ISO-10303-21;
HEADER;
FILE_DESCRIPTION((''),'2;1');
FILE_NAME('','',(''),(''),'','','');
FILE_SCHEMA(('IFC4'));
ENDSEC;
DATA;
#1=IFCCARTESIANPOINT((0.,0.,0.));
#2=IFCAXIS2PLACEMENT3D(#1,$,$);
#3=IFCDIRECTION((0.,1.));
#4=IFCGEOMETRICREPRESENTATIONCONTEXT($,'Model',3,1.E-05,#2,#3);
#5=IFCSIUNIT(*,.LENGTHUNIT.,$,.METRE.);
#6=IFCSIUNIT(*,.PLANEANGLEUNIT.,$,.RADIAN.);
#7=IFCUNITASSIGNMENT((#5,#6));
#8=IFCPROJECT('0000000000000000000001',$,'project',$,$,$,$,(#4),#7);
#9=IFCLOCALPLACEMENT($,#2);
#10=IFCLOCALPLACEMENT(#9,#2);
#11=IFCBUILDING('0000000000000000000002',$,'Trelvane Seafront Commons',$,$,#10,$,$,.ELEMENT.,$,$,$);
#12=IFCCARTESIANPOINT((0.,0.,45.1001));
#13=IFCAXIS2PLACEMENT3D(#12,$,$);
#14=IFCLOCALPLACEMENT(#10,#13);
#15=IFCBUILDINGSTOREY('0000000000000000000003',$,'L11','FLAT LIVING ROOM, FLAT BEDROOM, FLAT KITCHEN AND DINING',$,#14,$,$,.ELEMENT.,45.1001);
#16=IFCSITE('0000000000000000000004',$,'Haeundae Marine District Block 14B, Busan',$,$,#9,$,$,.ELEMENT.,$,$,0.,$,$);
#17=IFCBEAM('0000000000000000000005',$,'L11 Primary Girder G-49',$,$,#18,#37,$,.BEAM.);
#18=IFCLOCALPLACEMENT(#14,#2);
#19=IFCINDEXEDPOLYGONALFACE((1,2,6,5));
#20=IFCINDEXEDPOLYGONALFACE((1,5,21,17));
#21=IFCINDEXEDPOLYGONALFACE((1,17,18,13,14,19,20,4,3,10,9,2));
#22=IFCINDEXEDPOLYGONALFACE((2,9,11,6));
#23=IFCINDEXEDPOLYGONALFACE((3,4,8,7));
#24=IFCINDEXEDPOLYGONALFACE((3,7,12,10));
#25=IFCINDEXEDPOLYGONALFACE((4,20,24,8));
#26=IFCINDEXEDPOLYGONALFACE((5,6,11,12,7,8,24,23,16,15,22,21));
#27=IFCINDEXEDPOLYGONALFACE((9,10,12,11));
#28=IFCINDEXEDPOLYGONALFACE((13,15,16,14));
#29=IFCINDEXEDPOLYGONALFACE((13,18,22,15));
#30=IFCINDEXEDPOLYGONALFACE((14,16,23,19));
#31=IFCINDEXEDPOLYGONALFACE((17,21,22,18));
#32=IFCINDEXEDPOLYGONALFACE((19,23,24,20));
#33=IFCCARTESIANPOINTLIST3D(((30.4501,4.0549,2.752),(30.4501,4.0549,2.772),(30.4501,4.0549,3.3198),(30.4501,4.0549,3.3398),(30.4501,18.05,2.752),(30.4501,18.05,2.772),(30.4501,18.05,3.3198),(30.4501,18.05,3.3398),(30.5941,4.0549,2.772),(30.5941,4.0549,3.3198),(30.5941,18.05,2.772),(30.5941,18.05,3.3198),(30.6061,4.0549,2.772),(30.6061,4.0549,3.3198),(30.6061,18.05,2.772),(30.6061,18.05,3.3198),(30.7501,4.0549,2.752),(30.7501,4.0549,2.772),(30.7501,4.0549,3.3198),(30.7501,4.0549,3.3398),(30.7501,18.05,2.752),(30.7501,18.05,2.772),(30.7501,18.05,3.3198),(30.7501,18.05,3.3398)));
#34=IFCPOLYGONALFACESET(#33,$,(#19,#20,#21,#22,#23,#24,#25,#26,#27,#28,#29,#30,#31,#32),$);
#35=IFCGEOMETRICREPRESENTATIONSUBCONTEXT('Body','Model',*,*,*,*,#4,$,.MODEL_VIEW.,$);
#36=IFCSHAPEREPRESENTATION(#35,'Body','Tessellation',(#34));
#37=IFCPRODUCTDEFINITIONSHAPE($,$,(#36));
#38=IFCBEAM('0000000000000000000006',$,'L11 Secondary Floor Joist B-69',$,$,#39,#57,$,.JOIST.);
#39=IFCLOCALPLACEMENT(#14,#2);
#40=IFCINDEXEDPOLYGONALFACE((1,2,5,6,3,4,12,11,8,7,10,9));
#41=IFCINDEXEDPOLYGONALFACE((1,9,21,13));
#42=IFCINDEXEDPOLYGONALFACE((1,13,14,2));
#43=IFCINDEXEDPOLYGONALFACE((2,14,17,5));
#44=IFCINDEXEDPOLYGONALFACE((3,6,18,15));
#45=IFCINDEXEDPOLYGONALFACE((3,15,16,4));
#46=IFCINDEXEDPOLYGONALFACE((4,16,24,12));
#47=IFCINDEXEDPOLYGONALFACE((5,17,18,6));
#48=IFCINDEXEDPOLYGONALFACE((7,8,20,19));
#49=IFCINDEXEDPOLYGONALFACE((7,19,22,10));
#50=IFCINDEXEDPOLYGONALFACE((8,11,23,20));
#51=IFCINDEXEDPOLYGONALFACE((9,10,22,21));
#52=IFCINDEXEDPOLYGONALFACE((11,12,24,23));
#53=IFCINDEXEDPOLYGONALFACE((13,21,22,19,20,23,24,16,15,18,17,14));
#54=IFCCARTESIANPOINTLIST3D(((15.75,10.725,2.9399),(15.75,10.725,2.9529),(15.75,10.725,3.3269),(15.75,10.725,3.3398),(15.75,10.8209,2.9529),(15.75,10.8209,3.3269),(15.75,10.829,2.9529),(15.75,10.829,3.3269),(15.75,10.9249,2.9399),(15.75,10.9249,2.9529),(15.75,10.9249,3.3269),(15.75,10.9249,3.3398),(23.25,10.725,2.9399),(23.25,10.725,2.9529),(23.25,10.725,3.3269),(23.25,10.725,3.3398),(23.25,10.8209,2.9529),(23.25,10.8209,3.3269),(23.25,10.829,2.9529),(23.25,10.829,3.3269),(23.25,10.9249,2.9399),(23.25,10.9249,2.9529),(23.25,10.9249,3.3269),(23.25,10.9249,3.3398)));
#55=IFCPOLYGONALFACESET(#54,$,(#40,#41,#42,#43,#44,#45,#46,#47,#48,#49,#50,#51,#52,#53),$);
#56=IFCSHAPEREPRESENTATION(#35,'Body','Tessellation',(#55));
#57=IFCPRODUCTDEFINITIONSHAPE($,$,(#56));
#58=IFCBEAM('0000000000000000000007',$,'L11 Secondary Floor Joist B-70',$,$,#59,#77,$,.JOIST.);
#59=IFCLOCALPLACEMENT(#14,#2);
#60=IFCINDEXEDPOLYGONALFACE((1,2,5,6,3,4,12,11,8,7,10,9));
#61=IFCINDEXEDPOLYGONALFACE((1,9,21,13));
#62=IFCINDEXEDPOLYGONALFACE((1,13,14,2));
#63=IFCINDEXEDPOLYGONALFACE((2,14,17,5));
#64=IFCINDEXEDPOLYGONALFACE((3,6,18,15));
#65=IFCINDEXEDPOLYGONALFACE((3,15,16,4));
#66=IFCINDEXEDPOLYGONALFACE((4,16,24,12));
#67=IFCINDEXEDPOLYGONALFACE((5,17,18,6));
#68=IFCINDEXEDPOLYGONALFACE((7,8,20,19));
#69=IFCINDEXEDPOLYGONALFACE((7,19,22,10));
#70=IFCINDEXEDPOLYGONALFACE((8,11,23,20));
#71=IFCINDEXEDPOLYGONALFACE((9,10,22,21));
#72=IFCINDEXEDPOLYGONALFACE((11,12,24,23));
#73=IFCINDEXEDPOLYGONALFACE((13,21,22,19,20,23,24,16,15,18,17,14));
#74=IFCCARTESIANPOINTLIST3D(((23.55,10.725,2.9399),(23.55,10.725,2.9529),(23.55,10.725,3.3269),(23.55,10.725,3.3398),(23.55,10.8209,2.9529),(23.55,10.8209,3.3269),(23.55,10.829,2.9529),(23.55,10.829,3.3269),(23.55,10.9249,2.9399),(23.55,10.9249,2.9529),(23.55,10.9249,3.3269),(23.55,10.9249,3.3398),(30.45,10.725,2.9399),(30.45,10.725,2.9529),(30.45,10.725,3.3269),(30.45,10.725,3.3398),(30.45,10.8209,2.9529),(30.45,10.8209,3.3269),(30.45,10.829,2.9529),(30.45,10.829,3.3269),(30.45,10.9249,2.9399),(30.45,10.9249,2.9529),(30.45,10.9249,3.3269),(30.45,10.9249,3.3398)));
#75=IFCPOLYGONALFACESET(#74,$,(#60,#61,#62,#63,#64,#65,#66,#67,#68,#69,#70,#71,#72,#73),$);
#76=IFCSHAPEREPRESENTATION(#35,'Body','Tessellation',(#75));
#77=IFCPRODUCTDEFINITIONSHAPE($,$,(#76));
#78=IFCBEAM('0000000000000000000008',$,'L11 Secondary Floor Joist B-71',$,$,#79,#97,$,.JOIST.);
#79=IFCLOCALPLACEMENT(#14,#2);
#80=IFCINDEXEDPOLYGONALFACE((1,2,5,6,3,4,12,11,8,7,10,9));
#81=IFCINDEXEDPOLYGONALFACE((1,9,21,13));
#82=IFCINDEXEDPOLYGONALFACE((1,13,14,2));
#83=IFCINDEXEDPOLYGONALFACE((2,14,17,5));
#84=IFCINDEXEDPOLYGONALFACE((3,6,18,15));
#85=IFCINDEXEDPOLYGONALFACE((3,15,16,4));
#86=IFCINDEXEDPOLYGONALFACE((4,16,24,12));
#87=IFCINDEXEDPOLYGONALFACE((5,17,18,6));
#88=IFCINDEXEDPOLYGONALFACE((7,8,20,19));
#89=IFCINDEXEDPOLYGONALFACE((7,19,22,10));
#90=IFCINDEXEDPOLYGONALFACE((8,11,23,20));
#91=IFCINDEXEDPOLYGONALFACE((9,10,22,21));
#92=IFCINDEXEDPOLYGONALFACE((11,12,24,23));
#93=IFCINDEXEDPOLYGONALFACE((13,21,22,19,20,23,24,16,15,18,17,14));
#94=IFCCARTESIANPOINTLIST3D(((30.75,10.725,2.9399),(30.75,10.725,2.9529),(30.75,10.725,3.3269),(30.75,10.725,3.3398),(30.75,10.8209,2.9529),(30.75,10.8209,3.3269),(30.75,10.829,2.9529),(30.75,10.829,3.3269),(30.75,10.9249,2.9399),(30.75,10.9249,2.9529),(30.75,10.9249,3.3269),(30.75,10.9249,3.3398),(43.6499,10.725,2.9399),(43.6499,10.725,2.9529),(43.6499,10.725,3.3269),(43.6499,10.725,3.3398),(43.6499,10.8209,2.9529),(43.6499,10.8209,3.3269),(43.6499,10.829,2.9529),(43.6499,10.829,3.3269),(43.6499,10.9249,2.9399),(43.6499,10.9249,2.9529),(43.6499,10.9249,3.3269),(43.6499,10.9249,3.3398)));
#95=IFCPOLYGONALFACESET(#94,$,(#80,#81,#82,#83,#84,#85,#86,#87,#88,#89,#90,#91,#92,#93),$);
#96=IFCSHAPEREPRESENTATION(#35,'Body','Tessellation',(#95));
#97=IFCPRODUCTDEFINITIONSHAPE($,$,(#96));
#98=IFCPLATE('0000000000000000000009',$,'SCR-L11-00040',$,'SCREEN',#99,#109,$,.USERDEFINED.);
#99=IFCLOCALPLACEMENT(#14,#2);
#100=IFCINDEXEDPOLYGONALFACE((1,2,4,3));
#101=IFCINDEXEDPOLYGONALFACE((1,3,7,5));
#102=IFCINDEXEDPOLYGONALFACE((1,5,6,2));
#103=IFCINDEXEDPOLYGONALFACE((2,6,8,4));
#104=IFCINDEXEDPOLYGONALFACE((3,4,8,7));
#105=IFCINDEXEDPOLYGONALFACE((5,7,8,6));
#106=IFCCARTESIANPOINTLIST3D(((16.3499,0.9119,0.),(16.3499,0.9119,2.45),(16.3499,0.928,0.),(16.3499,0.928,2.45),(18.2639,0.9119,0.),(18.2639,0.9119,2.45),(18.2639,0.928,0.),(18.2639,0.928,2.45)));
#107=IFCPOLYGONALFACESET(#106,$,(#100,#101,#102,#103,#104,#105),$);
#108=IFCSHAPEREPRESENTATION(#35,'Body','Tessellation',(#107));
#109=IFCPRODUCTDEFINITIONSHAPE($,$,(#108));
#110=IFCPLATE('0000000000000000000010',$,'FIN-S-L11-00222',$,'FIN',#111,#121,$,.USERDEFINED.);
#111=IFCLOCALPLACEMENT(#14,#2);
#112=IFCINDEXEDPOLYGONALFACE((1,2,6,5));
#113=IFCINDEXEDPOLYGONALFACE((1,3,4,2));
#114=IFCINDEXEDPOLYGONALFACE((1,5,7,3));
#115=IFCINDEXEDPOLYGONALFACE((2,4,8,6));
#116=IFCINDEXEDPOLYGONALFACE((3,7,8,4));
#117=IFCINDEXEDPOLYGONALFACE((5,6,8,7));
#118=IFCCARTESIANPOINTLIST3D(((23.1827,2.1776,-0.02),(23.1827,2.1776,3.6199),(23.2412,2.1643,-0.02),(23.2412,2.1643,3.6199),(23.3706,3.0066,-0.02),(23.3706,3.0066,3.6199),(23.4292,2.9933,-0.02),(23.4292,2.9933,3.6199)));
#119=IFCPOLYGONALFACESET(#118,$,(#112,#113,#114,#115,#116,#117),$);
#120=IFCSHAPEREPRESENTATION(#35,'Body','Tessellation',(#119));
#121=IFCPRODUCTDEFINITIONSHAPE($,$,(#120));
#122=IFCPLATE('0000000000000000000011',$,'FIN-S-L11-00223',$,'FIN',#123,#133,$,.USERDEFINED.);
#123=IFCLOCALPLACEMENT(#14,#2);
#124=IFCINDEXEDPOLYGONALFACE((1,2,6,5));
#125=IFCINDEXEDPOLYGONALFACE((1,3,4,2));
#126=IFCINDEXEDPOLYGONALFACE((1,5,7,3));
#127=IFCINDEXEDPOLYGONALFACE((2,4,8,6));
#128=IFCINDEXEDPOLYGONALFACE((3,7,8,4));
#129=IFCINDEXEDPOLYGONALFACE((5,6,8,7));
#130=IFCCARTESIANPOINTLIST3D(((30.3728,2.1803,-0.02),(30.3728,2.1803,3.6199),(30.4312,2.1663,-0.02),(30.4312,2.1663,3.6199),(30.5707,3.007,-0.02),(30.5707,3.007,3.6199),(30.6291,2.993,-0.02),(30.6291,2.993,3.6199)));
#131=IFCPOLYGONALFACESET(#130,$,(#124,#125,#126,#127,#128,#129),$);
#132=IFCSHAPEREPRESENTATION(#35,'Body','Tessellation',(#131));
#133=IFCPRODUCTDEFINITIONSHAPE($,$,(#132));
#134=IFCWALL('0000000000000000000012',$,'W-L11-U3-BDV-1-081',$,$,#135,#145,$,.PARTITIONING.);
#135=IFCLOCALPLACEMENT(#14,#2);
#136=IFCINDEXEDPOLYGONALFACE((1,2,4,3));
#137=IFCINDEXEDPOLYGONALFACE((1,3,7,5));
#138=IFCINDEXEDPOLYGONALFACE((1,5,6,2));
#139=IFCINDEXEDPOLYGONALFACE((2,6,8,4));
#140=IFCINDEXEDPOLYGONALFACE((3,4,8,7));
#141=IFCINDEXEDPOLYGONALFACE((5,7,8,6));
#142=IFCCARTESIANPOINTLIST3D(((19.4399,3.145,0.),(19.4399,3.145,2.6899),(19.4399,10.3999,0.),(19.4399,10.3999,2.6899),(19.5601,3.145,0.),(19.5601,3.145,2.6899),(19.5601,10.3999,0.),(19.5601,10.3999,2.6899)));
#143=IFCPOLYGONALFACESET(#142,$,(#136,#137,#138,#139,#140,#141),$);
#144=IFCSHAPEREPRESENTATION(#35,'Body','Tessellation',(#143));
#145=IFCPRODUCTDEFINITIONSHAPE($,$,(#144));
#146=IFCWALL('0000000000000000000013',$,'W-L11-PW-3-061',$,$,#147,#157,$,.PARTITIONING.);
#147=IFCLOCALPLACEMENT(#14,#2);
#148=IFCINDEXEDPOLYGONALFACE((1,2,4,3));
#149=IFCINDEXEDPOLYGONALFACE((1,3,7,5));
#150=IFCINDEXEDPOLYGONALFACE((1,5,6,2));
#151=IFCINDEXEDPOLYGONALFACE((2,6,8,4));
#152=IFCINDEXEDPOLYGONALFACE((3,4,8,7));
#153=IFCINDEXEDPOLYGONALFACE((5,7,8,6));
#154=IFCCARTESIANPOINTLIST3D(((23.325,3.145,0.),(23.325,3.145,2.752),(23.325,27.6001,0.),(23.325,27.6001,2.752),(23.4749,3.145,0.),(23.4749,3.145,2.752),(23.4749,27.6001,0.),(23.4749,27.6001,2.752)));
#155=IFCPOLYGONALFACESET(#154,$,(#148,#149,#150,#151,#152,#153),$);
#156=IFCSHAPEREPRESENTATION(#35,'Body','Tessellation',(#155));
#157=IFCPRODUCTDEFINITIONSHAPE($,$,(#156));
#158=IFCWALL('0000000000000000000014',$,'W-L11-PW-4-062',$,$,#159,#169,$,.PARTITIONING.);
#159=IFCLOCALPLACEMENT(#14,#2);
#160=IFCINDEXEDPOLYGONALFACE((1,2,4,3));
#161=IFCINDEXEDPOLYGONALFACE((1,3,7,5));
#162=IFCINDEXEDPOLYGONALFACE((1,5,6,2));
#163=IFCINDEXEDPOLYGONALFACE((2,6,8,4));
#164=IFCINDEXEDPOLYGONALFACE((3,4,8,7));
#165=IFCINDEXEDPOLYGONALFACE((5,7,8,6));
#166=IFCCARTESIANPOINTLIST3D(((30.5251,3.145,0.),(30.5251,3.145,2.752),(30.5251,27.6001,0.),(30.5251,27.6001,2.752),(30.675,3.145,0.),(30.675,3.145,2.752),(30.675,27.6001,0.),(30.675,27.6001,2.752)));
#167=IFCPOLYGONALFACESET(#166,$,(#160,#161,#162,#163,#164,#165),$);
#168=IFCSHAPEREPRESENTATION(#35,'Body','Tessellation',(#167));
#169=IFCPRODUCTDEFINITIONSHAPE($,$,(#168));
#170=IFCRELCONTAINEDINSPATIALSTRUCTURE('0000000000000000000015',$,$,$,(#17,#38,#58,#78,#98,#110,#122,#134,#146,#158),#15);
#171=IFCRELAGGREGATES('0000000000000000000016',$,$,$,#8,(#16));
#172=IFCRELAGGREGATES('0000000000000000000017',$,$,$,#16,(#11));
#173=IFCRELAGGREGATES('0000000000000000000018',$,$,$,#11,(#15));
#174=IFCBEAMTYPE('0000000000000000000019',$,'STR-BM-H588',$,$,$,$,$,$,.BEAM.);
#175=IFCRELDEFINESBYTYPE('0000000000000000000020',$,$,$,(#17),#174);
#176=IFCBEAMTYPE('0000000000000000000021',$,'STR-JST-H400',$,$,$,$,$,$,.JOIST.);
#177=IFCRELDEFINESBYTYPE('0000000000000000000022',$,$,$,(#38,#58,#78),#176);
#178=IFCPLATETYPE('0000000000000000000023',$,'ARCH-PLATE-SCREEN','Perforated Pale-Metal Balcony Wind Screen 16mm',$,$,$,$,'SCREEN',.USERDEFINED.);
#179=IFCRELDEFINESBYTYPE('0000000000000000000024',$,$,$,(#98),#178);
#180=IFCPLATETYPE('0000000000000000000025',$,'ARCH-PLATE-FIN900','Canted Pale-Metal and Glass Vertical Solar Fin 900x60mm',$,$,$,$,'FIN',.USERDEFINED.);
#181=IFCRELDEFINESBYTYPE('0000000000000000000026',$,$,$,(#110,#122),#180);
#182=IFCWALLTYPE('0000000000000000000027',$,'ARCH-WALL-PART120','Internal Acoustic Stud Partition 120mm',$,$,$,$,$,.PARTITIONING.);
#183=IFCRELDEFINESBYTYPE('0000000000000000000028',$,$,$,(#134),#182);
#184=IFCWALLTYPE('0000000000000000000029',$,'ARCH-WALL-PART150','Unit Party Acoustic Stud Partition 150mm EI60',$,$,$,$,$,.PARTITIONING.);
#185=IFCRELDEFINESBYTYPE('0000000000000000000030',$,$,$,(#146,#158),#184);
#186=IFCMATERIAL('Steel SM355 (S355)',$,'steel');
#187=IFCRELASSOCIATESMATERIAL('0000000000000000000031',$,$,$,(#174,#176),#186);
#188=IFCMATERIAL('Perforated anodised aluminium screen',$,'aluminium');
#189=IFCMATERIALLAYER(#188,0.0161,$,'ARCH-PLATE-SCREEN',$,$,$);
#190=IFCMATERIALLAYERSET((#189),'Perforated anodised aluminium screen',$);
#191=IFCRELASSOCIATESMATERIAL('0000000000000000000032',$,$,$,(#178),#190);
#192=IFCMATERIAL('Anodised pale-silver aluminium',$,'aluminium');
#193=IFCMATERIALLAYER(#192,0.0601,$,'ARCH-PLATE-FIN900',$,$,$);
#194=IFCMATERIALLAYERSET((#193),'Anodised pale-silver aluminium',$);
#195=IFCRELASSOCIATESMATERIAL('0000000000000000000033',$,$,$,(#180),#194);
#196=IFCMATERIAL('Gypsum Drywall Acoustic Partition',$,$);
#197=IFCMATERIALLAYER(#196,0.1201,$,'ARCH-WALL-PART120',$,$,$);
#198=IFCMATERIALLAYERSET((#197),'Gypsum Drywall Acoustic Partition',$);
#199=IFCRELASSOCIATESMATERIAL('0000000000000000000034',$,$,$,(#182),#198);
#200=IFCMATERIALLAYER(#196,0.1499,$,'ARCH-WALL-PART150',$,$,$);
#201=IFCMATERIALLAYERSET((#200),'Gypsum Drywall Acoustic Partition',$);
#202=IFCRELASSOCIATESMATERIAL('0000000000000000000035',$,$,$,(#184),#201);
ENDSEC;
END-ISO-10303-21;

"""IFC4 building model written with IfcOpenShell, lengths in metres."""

from ifc_helpers import new_model, si_unit, direction, frame, frame_2d, origin, origin_2d, place, context, subcontext, project, spatial, rectangle, i_section, extrude, source, transform, mapped, material, layer, layer_set, material_profile, profile_set, type_object, element, save


model = new_model("IFC4")

# Units and contexts
model_context = context("Model", 3, precision=1e-05, world=origin(), true_north=direction((0.0, 1.0)))
body_context = subcontext(model_context, "Body", "Model", "MODEL_VIEW")
ifc_project = project(units=[si_unit("LENGTHUNIT", "METRE"), si_unit("PLANEANGLEUNIT", "RADIAN")], contexts=[model_context])

# Site, building, storey
site_placement = place(None, origin())
site = spatial("IfcSite", under=ifc_project, at=site_placement, Name="Haeundae Marine District Block 14B, Busan", CompositionType="ELEMENT", RefElevation=0.0)
building_placement = place(site_placement, origin())
building = spatial("IfcBuilding", under=site, at=building_placement, Name="Trelvane Seafront Commons", CompositionType="ELEMENT")
storey_placement = place(building_placement, frame((0.0, 0.0, 45.1001)))
storey = spatial("IfcBuildingStorey", under=building, at=storey_placement, Name="L11", Description="FLAT LIVING ROOM, FLAT BEDROOM, FLAT KITCHEN AND DINING", CompositionType="ELEMENT", Elevation=45.1001)

# Shared definitions
ifc_material_1 = material(Name="Steel SM355 (S355)", Category="steel")

# Beams
ifc_material_profile_1 = material_profile(ifc_material_1, i_section(OverallWidth=0.3, OverallDepth=0.5879, WebThickness=0.012, FlangeThickness=0.02, at=origin_2d()), Name="H-588x300x12x20")
ifc_profile_set_1 = profile_set([ifc_material_profile_1], Name="Steel SM355 (S355)")
beam_type_1 = type_object("IfcBeamType", Name="STR-BM-H588", PredefinedType="BEAM", material=ifc_profile_set_1)
shared_shape_1 = source(origin(), body_context, "Body", "SweptSolid", [
    extrude(i_section(OverallWidth=0.3, OverallDepth=0.5879, WebThickness=0.012, FlangeThickness=0.02, at=origin_2d()), origin(), (0.0, 0.0, 1.0), 13.9951),
])
beam_1_placement = place(storey_placement, frame((30.6001, 4.0549, 3.0459), z_axis=(0.0, 1.0, 0.0), x_axis=(-1.0, 0.0, 0.0)))
element("IfcBeam", 1, at=beam_1_placement, inside=storey, type_object=beam_type_1, Name="L11 Primary Girder G-49", PredefinedType="BEAM", context=body_context, shape_type="MappedRepresentation", body=[
    mapped(shared_shape_1, transform((0.0, 0.0, 0.0), x_axis=(1.0, 0.0, 0.0), y_axis=(0.0, 1.0, 0.0), z_axis=(0.0, 0.0, 1.0), scale=1.0)),
])
ifc_material_profile_2 = material_profile(ifc_material_1, i_section(OverallWidth=0.2, OverallDepth=0.3999, WebThickness=0.0081, FlangeThickness=0.0129, at=origin_2d()), Name="H-400x200x8x13")
ifc_profile_set_2 = profile_set([ifc_material_profile_2], Name="Steel SM355 (S355)")
beam_type_2 = type_object("IfcBeamType", Name="STR-JST-H400", PredefinedType="JOIST", material=ifc_profile_set_2)
shared_shape_2 = source(origin(), body_context, "Body", "SweptSolid", [
    extrude(i_section(OverallWidth=0.2, OverallDepth=0.3999, WebThickness=0.0081, FlangeThickness=0.0129, at=origin_2d()), origin(), (0.0, 0.0, 1.0), 7.5),
])
beam_2_placement = place(storey_placement, frame((15.75, 10.825, 3.1399), z_axis=(1.0, 0.0, 0.0), x_axis=(0.0, 1.0, 0.0)))
element("IfcBeam", 2, at=beam_2_placement, inside=storey, type_object=beam_type_2, Name="L11 Secondary Floor Joist B-69", PredefinedType="JOIST", context=body_context, shape_type="MappedRepresentation", body=[
    mapped(shared_shape_2, transform((0.0, 0.0, 0.0), x_axis=(1.0, 0.0, 0.0), y_axis=(0.0, 1.0, 0.0), z_axis=(0.0, 0.0, 1.0), scale=1.0)),
])
shared_shape_3 = source(origin(), body_context, "Body", "SweptSolid", [
    extrude(i_section(OverallWidth=0.2, OverallDepth=0.3999, WebThickness=0.0081, FlangeThickness=0.0129, at=origin_2d()), origin(), (0.0, 0.0, 1.0), 6.8999),
])
beam_3_placement = place(storey_placement, frame((23.55, 10.825, 3.1399), z_axis=(1.0, 0.0, 0.0), x_axis=(0.0, 1.0, 0.0)))
element("IfcBeam", 3, at=beam_3_placement, inside=storey, type_object=beam_type_2, Name="L11 Secondary Floor Joist B-70", PredefinedType="JOIST", context=body_context, shape_type="MappedRepresentation", body=[
    mapped(shared_shape_3, transform((0.0, 0.0, 0.0), x_axis=(1.0, 0.0, 0.0), y_axis=(0.0, 1.0, 0.0), z_axis=(0.0, 0.0, 1.0), scale=1.0)),
])
shared_shape_4 = source(origin(), body_context, "Body", "SweptSolid", [
    extrude(i_section(OverallWidth=0.2, OverallDepth=0.3999, WebThickness=0.0081, FlangeThickness=0.0129, at=origin_2d()), origin(), (0.0, 0.0, 1.0), 12.8999),
])
beam_4_placement = place(storey_placement, frame((30.75, 10.825, 3.1399), z_axis=(1.0, 0.0, 0.0), x_axis=(0.0, 1.0, 0.0)))
element("IfcBeam", 4, at=beam_4_placement, inside=storey, type_object=beam_type_2, Name="L11 Secondary Floor Joist B-71", PredefinedType="JOIST", context=body_context, shape_type="MappedRepresentation", body=[
    mapped(shared_shape_4, transform((0.0, 0.0, 0.0), x_axis=(1.0, 0.0, 0.0), y_axis=(0.0, 1.0, 0.0), z_axis=(0.0, 0.0, 1.0), scale=1.0)),
])

# Plates
ifc_material_2 = material(Name="Perforated anodised aluminium screen", Category="aluminium")
ifc_layer_1 = layer(ifc_material_2, 0.0161, Name="ARCH-PLATE-SCREEN")
ifc_layer_set_1 = layer_set([ifc_layer_1], Name="Perforated anodised aluminium screen")
plate_type_1 = type_object("IfcPlateType", Name="ARCH-PLATE-SCREEN", Description="Perforated Pale-Metal Balcony Wind Screen 16mm", ElementType="SCREEN", PredefinedType="USERDEFINED", material=ifc_layer_set_1)
shared_shape_5 = source(origin(), body_context, "Body", "SweptSolid", [
    extrude(rectangle(XDim=1.9141, YDim=0.0161, at=origin_2d()), origin(), (0.0, 0.0, 1.0), 2.45),
])
plate_placement = place(storey_placement, frame((17.3069, 0.9199, 0.0), z_axis=(0.0, 0.0, 1.0), x_axis=(1.0, 0.0, 0.0)))
element("IfcPlate", 5, at=plate_placement, inside=storey, type_object=plate_type_1, Name="SCR-L11-00040", ObjectType="SCREEN", PredefinedType="USERDEFINED", context=body_context, shape_type="MappedRepresentation", body=[
    mapped(shared_shape_5, transform((0.0, 0.0, 0.0), x_axis=(1.0, 0.0, 0.0), y_axis=(0.0, 1.0, 0.0), z_axis=(0.0, 0.0, 1.0), scale=1.0)),
])
ifc_material_3 = material(Name="Anodised pale-silver aluminium", Category="aluminium")
ifc_layer_2 = layer(ifc_material_3, 0.0601, Name="ARCH-PLATE-FIN900")
ifc_layer_set_2 = layer_set([ifc_layer_2], Name="Anodised pale-silver aluminium")
plate_type_2 = type_object("IfcPlateType", Name="ARCH-PLATE-FIN900", Description="Canted Pale-Metal and Glass Vertical Solar Fin 900x60mm", ElementType="FIN", PredefinedType="USERDEFINED", material=ifc_layer_set_2)
shared_shape_6 = source(origin(), body_context, "Body", "SweptSolid", [
    extrude(rectangle(XDim=0.8501, YDim=0.0601, at=origin_2d()), origin(), (0.0, 0.0, 1.0), 3.6399),
])
for number, where, z_axis, x_axis, name in (
    (6, (23.3059, 2.5854, -0.02), (0.0, 0.0, 1.0), (-0.221051, -0.975262, 0.0), "FIN-S-L11-00222"),
    (7, (30.501, 2.5867, -0.02), (0.0, 0.0, 1.0), (-0.232834, -0.972516, 0.0), "FIN-S-L11-00223"),
):
    element("IfcPlate", number, at=place(storey_placement, frame(where, z_axis=z_axis, x_axis=x_axis)), inside=storey, type_object=plate_type_2, Name=name, ObjectType="FIN", PredefinedType="USERDEFINED", context=body_context, shape_type="MappedRepresentation", body=[
        mapped(shared_shape_6, transform((0.0, 0.0, 0.0), x_axis=(1.0, 0.0, 0.0), y_axis=(0.0, 1.0, 0.0), z_axis=(0.0, 0.0, 1.0), scale=1.0)),
    ])

# Shared definitions
ifc_material_4 = material(Name="Gypsum Drywall Acoustic Partition")
ifc_layer_3 = layer(ifc_material_4, 0.1201, Name="ARCH-WALL-PART120")
ifc_layer_set_3 = layer_set([ifc_layer_3], Name="Gypsum Drywall Acoustic Partition")
wall_type_1 = type_object("IfcWallType", Name="ARCH-WALL-PART120", Description="Internal Acoustic Stud Partition 120mm", PredefinedType="PARTITIONING", material=ifc_layer_set_3)

# Walls
wall_1_placement = place(storey_placement, frame((19.5, 3.145, 0.0), z_axis=(0.0, 0.0, 1.0), x_axis=(0.0, 1.0, 0.0)))
element("IfcWall", 8, at=wall_1_placement, inside=storey, type_object=wall_type_1, Name="W-L11-U3-BDV-1-081", PredefinedType="PARTITIONING", context=body_context, shape_type="SweptSolid", body=[
    extrude(rectangle(XDim=7.2549, YDim=0.1201, at=frame_2d((3.6274, 0.0))), origin(), (0.0, 0.0, 1.0), 2.6899),
])
ifc_layer_4 = layer(ifc_material_4, 0.1499, Name="ARCH-WALL-PART150")
ifc_layer_set_4 = layer_set([ifc_layer_4], Name="Gypsum Drywall Acoustic Partition")
wall_type_2 = type_object("IfcWallType", Name="ARCH-WALL-PART150", Description="Unit Party Acoustic Stud Partition 150mm EI60", PredefinedType="PARTITIONING", material=ifc_layer_set_4)
for number, where, z_axis, x_axis, name in (
    (9, (23.3999, 3.145, 0.0), (0.0, 0.0, 1.0), (0.0, 1.0, 0.0), "W-L11-PW-3-061"),
    (10, (30.6001, 3.145, 0.0), (0.0, 0.0, 1.0), (0.0, 1.0, 0.0), "W-L11-PW-4-062"),
):
    element("IfcWall", number, at=place(storey_placement, frame(where, z_axis=z_axis, x_axis=x_axis)), inside=storey, type_object=wall_type_2, Name=name, PredefinedType="PARTITIONING", context=body_context, shape_type="SweptSolid", body=[
        extrude(rectangle(XDim=24.4551, YDim=0.1499, at=frame_2d((12.2275, 0.0))), origin(), (0.0, 0.0, 1.0), 2.752),
    ])

save(model, "model.ifc")
